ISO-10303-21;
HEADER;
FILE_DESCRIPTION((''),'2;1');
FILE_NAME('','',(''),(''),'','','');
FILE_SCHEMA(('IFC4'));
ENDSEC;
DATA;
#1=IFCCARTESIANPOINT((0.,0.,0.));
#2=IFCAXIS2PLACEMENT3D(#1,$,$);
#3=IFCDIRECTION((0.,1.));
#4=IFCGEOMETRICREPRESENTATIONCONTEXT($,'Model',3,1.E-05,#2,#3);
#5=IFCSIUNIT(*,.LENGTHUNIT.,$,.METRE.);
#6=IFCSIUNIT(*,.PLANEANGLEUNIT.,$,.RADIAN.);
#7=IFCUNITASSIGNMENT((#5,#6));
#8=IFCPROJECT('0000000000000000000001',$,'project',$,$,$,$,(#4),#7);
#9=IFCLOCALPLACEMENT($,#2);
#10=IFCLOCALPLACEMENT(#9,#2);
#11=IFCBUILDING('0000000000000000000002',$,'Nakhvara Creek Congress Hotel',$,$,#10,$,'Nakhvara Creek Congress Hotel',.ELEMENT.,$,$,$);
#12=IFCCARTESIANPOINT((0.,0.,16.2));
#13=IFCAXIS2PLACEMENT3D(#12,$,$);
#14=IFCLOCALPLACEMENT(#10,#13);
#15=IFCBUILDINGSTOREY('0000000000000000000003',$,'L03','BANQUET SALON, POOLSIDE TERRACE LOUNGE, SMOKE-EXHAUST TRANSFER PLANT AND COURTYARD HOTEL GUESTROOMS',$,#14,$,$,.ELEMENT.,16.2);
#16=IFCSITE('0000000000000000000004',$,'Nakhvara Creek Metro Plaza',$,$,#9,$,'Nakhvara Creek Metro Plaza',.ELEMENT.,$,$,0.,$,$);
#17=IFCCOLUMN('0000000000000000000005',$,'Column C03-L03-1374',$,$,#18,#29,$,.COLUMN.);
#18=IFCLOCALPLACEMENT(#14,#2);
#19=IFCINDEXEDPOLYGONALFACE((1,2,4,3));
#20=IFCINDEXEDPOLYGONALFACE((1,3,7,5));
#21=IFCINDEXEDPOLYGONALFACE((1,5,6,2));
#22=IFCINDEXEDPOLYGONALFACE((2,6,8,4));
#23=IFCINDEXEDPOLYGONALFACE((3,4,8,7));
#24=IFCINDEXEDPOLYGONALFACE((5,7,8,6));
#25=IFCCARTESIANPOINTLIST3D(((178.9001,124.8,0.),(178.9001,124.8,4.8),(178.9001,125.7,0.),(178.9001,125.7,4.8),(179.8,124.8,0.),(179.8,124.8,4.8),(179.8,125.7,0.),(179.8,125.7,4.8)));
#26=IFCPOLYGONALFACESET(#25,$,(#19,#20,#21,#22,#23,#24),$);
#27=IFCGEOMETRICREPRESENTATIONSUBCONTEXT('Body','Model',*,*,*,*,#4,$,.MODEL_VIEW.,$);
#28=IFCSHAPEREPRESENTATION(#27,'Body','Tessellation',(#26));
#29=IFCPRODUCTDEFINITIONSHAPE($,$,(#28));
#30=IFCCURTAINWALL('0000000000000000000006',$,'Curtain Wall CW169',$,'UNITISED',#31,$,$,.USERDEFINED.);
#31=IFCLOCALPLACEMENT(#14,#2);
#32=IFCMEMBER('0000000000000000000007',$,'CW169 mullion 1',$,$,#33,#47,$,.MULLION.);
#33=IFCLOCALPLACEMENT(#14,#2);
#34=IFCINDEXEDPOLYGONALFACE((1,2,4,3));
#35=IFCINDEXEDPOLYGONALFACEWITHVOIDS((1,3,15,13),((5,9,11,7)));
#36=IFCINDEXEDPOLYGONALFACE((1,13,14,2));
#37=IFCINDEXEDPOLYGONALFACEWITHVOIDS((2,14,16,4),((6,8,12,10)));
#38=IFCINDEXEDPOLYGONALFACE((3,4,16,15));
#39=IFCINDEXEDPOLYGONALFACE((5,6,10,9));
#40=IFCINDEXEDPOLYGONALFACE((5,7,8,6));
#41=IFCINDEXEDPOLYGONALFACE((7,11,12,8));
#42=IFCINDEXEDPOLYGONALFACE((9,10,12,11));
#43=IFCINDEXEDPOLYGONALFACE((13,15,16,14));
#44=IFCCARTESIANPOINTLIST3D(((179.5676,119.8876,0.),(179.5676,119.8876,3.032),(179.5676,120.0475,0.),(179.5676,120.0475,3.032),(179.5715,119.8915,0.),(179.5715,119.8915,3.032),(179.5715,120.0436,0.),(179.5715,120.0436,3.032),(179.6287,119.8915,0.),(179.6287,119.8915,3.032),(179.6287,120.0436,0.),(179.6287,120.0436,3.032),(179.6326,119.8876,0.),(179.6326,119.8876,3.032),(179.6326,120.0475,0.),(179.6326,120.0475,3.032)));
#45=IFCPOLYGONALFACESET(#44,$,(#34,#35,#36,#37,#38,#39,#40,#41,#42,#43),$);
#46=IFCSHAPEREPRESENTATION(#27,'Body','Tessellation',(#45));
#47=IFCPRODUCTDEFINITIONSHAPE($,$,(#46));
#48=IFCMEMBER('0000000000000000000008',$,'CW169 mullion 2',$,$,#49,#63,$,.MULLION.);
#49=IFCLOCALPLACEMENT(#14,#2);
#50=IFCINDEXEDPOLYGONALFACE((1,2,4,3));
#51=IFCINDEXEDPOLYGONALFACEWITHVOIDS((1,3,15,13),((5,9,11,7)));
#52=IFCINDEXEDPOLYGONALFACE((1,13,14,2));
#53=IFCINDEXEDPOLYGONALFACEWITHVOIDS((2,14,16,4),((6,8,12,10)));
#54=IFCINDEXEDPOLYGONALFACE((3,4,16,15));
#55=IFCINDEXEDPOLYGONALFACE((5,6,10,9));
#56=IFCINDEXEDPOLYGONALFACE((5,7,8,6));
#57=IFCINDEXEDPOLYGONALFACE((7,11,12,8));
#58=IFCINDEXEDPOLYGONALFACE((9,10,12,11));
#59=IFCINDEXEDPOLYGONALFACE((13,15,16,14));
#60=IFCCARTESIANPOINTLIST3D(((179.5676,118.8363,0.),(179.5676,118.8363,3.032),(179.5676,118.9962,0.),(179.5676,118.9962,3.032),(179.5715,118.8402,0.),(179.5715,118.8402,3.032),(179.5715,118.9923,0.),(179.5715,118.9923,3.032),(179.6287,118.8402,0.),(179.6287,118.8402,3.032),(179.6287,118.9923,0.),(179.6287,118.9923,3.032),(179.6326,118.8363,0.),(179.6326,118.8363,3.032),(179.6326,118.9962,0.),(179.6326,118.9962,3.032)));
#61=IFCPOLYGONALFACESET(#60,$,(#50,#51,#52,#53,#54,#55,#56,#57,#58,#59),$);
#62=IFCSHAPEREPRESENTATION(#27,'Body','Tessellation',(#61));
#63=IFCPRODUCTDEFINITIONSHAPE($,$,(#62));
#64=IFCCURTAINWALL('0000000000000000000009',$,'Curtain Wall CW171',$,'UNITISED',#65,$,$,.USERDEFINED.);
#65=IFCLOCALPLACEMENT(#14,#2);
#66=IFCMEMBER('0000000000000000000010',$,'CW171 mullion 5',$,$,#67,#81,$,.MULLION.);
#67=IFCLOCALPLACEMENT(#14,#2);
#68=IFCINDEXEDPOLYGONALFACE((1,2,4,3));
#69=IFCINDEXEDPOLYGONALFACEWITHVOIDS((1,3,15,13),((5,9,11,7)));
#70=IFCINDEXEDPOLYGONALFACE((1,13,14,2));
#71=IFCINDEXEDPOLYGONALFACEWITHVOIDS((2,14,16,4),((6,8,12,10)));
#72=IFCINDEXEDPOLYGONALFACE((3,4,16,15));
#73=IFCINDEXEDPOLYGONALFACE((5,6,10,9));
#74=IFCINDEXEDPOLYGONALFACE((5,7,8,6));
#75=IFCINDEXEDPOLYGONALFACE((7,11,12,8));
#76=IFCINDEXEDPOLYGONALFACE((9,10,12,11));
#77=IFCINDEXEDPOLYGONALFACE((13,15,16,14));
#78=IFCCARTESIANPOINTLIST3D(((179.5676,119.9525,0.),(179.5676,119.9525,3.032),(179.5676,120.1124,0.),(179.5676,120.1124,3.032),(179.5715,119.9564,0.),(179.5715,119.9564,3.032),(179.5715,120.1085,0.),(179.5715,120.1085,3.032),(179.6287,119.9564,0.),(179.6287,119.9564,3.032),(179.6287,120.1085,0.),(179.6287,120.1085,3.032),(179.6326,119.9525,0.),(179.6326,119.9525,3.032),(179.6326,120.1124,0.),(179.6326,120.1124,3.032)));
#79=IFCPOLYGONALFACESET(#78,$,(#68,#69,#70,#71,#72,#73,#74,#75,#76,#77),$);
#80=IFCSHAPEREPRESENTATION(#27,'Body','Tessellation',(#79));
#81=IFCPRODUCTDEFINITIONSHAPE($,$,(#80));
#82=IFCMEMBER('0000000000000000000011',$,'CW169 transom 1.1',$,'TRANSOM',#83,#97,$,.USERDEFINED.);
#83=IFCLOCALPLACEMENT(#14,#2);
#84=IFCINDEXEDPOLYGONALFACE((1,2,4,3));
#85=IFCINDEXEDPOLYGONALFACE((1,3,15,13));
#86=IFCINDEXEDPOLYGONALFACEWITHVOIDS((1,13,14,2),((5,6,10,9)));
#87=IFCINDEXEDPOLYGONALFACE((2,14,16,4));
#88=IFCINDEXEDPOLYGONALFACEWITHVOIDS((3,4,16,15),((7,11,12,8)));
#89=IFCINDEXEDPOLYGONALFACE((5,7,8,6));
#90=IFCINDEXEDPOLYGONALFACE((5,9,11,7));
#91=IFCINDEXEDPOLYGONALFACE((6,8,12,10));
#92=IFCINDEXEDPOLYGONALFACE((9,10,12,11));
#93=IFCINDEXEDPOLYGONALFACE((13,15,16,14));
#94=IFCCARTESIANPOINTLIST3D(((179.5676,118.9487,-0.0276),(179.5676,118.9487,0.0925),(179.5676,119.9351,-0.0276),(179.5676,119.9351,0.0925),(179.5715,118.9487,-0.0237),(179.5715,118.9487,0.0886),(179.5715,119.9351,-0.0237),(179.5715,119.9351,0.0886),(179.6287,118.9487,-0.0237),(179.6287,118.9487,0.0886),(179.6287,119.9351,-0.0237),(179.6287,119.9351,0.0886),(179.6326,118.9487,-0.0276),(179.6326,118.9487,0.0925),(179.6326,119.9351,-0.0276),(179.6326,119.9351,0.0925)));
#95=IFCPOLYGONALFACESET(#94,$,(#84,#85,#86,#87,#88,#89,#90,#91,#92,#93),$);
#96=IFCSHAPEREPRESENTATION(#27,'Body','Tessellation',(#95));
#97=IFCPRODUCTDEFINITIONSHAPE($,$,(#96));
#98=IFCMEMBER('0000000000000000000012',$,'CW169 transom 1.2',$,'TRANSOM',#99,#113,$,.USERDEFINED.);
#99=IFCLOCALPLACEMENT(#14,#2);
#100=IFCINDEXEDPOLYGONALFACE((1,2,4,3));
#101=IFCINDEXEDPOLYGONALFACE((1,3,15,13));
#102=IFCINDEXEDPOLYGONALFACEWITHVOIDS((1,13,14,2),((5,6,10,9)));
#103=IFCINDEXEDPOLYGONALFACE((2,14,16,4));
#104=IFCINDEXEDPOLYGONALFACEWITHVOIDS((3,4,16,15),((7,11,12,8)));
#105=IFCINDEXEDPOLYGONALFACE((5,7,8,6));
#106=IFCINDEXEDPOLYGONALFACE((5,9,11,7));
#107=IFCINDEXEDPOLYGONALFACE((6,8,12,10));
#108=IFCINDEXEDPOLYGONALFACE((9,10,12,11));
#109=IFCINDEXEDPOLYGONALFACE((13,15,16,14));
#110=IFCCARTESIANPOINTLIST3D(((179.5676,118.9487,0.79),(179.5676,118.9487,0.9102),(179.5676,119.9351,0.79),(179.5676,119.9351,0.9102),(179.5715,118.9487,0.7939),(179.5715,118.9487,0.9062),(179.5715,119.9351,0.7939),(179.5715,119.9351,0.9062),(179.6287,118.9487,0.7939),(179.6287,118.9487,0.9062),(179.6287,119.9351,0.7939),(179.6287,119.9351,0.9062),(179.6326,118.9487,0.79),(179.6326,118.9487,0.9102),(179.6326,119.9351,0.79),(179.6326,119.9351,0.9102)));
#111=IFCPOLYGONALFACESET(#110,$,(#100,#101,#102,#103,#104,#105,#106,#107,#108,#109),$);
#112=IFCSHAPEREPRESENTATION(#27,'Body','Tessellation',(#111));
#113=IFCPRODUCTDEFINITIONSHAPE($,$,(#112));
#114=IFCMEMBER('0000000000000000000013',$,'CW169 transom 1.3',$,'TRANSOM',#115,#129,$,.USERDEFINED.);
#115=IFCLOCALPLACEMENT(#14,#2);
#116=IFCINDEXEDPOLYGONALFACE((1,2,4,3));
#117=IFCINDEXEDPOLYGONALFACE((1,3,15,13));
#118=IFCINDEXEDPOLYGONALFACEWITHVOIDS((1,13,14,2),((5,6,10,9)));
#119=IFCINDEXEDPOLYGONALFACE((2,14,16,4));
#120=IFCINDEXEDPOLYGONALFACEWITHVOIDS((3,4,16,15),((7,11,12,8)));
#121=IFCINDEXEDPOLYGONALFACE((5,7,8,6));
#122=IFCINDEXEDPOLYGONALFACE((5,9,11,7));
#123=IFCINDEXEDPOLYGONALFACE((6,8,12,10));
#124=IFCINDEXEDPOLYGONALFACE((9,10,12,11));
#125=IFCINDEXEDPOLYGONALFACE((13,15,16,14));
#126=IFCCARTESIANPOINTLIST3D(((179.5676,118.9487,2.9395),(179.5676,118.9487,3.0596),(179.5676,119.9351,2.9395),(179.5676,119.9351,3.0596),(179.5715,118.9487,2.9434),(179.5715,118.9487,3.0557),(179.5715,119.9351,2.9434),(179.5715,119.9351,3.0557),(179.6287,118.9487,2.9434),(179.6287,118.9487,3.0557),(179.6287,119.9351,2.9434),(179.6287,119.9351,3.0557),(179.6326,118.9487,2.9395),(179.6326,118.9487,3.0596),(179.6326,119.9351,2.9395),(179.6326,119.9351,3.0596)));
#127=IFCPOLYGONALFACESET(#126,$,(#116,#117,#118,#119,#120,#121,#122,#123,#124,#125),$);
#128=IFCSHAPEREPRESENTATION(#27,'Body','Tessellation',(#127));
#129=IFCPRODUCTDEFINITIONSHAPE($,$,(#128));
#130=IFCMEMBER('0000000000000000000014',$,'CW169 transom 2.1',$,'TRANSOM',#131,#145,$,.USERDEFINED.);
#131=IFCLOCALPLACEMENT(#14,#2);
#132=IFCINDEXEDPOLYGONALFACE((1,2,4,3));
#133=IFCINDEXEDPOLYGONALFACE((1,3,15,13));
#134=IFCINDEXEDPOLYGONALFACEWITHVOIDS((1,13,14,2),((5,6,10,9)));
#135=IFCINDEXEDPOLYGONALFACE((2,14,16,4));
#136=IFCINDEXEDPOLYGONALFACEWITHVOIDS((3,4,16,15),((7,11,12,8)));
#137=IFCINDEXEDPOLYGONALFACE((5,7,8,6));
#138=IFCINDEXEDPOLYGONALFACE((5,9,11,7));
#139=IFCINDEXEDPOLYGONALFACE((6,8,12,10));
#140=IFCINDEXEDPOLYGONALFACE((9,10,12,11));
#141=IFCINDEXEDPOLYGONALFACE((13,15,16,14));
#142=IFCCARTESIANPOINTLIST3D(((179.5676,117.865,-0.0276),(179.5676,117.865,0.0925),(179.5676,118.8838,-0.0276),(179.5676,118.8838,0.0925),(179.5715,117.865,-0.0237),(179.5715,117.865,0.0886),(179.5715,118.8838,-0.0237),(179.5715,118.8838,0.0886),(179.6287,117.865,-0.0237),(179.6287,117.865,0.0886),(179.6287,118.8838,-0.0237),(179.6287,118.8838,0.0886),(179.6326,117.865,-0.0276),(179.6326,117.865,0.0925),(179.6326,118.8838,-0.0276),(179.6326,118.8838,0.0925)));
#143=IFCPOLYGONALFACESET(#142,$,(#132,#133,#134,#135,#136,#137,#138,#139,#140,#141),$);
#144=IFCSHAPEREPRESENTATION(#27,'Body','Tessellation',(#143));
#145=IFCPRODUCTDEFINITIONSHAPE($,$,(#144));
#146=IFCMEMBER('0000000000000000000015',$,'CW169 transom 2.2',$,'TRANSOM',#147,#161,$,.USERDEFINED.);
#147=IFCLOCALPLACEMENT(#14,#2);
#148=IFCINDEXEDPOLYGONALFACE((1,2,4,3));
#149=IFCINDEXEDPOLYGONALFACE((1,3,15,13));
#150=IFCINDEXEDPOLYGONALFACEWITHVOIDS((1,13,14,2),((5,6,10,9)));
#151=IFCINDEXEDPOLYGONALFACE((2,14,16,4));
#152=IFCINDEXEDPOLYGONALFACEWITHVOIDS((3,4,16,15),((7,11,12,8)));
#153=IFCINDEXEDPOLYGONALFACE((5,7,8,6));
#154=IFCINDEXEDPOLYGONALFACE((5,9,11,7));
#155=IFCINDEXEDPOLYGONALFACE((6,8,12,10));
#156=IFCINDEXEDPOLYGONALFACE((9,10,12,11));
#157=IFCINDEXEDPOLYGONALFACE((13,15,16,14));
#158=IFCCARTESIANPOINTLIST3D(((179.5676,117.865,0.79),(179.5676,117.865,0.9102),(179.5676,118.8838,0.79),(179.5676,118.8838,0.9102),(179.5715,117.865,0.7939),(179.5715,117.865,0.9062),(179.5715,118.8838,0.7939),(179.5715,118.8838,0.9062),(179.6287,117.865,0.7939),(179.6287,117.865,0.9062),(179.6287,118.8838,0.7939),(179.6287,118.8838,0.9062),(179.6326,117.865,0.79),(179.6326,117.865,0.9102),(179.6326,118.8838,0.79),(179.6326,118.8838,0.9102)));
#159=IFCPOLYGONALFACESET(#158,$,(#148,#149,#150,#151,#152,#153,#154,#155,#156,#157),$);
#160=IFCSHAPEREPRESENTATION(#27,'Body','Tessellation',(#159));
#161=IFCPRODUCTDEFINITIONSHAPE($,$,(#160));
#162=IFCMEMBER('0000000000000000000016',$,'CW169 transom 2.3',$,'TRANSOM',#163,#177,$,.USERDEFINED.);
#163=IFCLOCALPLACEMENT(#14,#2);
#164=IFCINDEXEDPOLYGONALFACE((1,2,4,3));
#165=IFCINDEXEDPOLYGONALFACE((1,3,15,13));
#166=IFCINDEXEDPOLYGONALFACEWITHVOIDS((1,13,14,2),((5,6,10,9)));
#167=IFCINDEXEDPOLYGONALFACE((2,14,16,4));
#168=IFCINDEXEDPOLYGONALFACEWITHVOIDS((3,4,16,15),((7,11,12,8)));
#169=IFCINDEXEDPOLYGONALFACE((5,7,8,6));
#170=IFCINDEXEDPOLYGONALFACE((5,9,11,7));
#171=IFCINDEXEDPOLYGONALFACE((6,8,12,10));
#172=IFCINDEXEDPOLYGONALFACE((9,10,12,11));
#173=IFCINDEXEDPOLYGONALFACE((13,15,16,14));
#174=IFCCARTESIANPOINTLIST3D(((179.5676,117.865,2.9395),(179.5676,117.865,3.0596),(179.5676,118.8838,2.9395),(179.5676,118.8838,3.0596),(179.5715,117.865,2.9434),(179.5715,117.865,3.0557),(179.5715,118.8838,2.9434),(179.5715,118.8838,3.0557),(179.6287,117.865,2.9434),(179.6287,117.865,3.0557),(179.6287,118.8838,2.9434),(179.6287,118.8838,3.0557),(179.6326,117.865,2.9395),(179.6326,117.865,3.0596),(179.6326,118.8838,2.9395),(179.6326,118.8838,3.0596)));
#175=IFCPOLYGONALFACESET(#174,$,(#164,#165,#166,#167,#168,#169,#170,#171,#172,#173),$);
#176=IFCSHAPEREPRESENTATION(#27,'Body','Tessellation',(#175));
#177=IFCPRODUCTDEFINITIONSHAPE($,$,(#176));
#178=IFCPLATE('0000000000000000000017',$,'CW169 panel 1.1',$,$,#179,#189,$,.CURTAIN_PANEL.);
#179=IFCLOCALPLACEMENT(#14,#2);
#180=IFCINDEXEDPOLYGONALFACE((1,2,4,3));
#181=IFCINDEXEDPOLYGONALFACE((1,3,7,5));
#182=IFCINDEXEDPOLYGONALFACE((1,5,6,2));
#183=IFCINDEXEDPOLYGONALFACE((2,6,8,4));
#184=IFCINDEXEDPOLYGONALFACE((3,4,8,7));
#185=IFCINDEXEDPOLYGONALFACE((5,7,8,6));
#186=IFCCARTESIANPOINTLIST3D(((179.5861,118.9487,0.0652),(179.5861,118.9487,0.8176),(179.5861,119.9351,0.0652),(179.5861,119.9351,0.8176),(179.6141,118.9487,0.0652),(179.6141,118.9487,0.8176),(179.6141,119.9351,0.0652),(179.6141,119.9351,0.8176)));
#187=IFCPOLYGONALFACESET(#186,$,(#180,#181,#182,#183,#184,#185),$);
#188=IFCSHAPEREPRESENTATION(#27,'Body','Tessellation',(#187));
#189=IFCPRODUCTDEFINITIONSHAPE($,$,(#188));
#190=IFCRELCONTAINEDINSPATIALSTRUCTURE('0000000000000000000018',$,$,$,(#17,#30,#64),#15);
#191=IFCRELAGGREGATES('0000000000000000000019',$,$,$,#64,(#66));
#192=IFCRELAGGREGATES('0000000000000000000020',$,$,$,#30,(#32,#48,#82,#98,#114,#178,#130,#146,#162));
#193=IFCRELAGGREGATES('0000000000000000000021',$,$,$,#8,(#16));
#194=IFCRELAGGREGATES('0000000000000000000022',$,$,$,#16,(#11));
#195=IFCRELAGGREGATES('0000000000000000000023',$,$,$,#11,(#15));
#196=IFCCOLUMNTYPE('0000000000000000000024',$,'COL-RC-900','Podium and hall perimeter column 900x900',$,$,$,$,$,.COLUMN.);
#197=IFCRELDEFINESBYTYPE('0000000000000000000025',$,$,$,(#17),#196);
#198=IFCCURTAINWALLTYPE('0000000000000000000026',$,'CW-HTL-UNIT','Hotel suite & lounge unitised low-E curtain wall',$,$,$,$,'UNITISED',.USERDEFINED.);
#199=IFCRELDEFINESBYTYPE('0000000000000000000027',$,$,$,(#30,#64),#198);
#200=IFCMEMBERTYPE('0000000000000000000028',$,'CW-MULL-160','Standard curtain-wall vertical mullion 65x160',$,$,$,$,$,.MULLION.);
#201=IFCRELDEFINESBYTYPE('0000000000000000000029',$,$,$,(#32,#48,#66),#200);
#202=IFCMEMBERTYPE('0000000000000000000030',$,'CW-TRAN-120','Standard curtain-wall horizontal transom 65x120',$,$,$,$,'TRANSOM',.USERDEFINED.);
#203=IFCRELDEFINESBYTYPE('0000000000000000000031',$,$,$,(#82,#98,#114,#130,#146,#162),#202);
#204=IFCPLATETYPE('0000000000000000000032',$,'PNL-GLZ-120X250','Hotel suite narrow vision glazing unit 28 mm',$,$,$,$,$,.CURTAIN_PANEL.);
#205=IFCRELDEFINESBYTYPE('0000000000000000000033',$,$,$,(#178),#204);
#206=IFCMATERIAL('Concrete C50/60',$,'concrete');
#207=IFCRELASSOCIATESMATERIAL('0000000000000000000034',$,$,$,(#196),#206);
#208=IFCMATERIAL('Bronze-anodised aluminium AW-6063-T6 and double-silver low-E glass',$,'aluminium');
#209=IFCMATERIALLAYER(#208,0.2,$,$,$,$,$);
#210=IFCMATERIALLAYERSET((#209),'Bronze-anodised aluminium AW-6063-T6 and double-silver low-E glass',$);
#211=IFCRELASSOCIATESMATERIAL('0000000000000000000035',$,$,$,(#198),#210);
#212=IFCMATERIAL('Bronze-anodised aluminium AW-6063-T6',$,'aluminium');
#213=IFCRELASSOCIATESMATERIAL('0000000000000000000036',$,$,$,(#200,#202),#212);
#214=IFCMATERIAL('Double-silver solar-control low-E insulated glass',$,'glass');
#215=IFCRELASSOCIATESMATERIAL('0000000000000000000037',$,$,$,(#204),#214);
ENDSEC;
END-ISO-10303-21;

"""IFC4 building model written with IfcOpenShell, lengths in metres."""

from ifc_helpers import new_model, si_unit, direction, frame, origin, origin_2d, place, context, subcontext, project, spatial, rectangle, hollow_rectangle, extrude, material, layer, layer_set, material_profile, profile_set, type_object, element, aggregate, save


model = new_model("IFC4")

# Units and contexts
model_context = context("Model", 3, precision=1e-05, world=origin(), true_north=direction((0.0, 1.0)))
body_context = subcontext(model_context, "Body", "Model", "MODEL_VIEW")
ifc_project = project(units=[si_unit("LENGTHUNIT", "METRE"), si_unit("PLANEANGLEUNIT", "RADIAN")], contexts=[model_context])

# Site, building, storey
site_placement = place(None, origin())
site = spatial("IfcSite", under=ifc_project, at=site_placement, Name="Nakhvara Creek Metro Plaza", LongName="Nakhvara Creek Metro Plaza", CompositionType="ELEMENT", RefElevation=0.0)
building_placement = place(site_placement, origin())
building = spatial("IfcBuilding", under=site, at=building_placement, Name="Nakhvara Creek Congress Hotel", LongName="Nakhvara Creek Congress Hotel", CompositionType="ELEMENT")
storey_placement = place(building_placement, frame((0.0, 0.0, 16.2)))
storey = spatial("IfcBuildingStorey", under=building, at=storey_placement, Name="L03", Description="BANQUET SALON, POOLSIDE TERRACE LOUNGE, SMOKE-EXHAUST TRANSFER PLANT AND COURTYARD HOTEL GUESTROOMS", CompositionType="ELEMENT", Elevation=16.2)

# Column
ifc_material_1 = material(Name="Concrete C50/60", Category="concrete")
ifc_material_profile_1 = material_profile(ifc_material_1, rectangle(XDim=0.8999, YDim=0.8999, at=origin_2d()), Name="RC-COL 900x900", Category="LoadBearing")
ifc_profile_set_1 = profile_set([ifc_material_profile_1], Name="Concrete C50/60")
column_type = type_object("IfcColumnType", Name="COL-RC-900", Description="Podium and hall perimeter column 900x900", PredefinedType="COLUMN", material=ifc_profile_set_1)
column_placement = place(storey_placement, frame((179.3501, 125.25, 0.0), z_axis=(0.0, 0.0, 1.0), x_axis=(1.0, 0.0, 0.0)))
element("IfcColumn", 1, at=column_placement, inside=storey, type_object=column_type, Name="Column C03-L03-1374", PredefinedType="COLUMN", context=body_context, shape_type="SweptSolid", body=[
    extrude(rectangle(XDim=0.8999, YDim=0.8999, at=origin_2d()), origin(), (0.0, 0.0, 1.0), 4.8),
])

# Curtain wall, members
ifc_material_2 = material(Name="Bronze-anodised aluminium AW-6063-T6 and double-silver low-E glass", Category="aluminium")
ifc_layer_1 = layer(ifc_material_2, 0.2)
ifc_layer_set_1 = layer_set([ifc_layer_1], Name="Bronze-anodised aluminium AW-6063-T6 and double-silver low-E glass")
curtain_wall_type = type_object("IfcCurtainWallType", Name="CW-HTL-UNIT", Description="Hotel suite & lounge unitised low-E curtain wall", ElementType="UNITISED", PredefinedType="USERDEFINED", material=ifc_layer_set_1)
curtain_wall_1_placement = place(storey_placement, origin())
curtain_wall_1 = element("IfcCurtainWall", 2, at=curtain_wall_1_placement, inside=storey, type_object=curtain_wall_type, Name="Curtain Wall CW169", ObjectType="UNITISED", PredefinedType="USERDEFINED")
ifc_material_3 = material(Name="Bronze-anodised aluminium AW-6063-T6", Category="aluminium")
ifc_material_profile_2 = material_profile(ifc_material_3, hollow_rectangle(XDim=0.0649, YDim=0.1599, WallThickness=0.0039, at=origin_2d()), Name="ALU-MULL 65x160x4", Category="LoadBearing")
ifc_profile_set_2 = profile_set([ifc_material_profile_2], Name="Bronze-anodised aluminium AW-6063-T6")
member_type_1 = type_object("IfcMemberType", Name="CW-MULL-160", Description="Standard curtain-wall vertical mullion 65x160", PredefinedType="MULLION", material=ifc_profile_set_2)
member_1_placement = place(storey_placement, frame((179.6001, 119.9675, 0.0), z_axis=(0.0, 0.0, 1.0), x_axis=(1.0, 0.0, 0.0)))
member_1 = element("IfcMember", 3, at=member_1_placement, type_object=member_type_1, Name="CW169 mullion 1", PredefinedType="MULLION", context=body_context, shape_type="SweptSolid", body=[
    extrude(hollow_rectangle(XDim=0.0649, YDim=0.1599, WallThickness=0.0039, at=origin_2d()), origin(), (0.0, 0.0, 1.0), 3.032),
])
member_2_placement = place(storey_placement, frame((179.6001, 118.9163, 0.0), z_axis=(0.0, 0.0, 1.0), x_axis=(1.0, 0.0, 0.0)))
member_2 = element("IfcMember", 4, at=member_2_placement, type_object=member_type_1, Name="CW169 mullion 2", PredefinedType="MULLION", context=body_context, shape_type="SweptSolid", body=[
    extrude(hollow_rectangle(XDim=0.0649, YDim=0.1599, WallThickness=0.0039, at=origin_2d()), origin(), (0.0, 0.0, 1.0), 3.032),
])

# Curtain wall, member
curtain_wall_2_placement = place(storey_placement, origin())
curtain_wall_2 = element("IfcCurtainWall", 5, at=curtain_wall_2_placement, inside=storey, type_object=curtain_wall_type, Name="Curtain Wall CW171", ObjectType="UNITISED", PredefinedType="USERDEFINED")
member_3_placement = place(storey_placement, frame((179.6001, 120.0325, 0.0), z_axis=(0.0, 0.0, 1.0), x_axis=(1.0, 0.0, 0.0)))
member_3 = element("IfcMember", 6, at=member_3_placement, type_object=member_type_1, Name="CW171 mullion 5", PredefinedType="MULLION", context=body_context, shape_type="SweptSolid", body=[
    extrude(hollow_rectangle(XDim=0.0649, YDim=0.1599, WallThickness=0.0039, at=origin_2d()), origin(), (0.0, 0.0, 1.0), 3.032),
])
aggregate(curtain_wall_2, [member_3])

# Members
ifc_material_profile_3 = material_profile(ifc_material_3, hollow_rectangle(XDim=0.0649, YDim=0.1201, WallThickness=0.0039, at=origin_2d()), Name="ALU-TRAN 65x120x4", Category="LoadBearing")
ifc_profile_set_3 = profile_set([ifc_material_profile_3], Name="Bronze-anodised aluminium AW-6063-T6")
member_type_2 = type_object("IfcMemberType", Name="CW-TRAN-120", Description="Standard curtain-wall horizontal transom 65x120", ElementType="TRANSOM", PredefinedType="USERDEFINED", material=ifc_profile_set_3)
member_4_placement = place(storey_placement, frame((179.6001, 119.9351, 0.0325), z_axis=(0.0, -1.0, 0.0), x_axis=(1.0, 0.0, 0.0)))
member_4 = element("IfcMember", 7, at=member_4_placement, type_object=member_type_2, Name="CW169 transom 1.1", ObjectType="TRANSOM", PredefinedType="USERDEFINED", context=body_context, shape_type="SweptSolid", body=[
    extrude(hollow_rectangle(XDim=0.0649, YDim=0.1201, WallThickness=0.0039, at=origin_2d()), origin(), (0.0, 0.0, 1.0), 0.9863),
])
member_5_placement = place(storey_placement, frame((179.6001, 119.9351, 0.8501), z_axis=(0.0, -1.0, 0.0), x_axis=(1.0, 0.0, 0.0)))
member_5 = element("IfcMember", 8, at=member_5_placement, type_object=member_type_2, Name="CW169 transom 1.2", ObjectType="TRANSOM", PredefinedType="USERDEFINED", context=body_context, shape_type="SweptSolid", body=[
    extrude(hollow_rectangle(XDim=0.0649, YDim=0.1201, WallThickness=0.0039, at=origin_2d()), origin(), (0.0, 0.0, 1.0), 0.9863),
])
member_6_placement = place(storey_placement, frame((179.6001, 119.9351, 2.9995), z_axis=(0.0, -1.0, 0.0), x_axis=(1.0, 0.0, 0.0)))
member_6 = element("IfcMember", 9, at=member_6_placement, type_object=member_type_2, Name="CW169 transom 1.3", ObjectType="TRANSOM", PredefinedType="USERDEFINED", context=body_context, shape_type="SweptSolid", body=[
    extrude(hollow_rectangle(XDim=0.0649, YDim=0.1201, WallThickness=0.0039, at=origin_2d()), origin(), (0.0, 0.0, 1.0), 0.9863),
])
member_7_placement = place(storey_placement, frame((179.6001, 118.8838, 0.0325), z_axis=(0.0, -1.0, 0.0), x_axis=(1.0, 0.0, 0.0)))
member_7 = element("IfcMember", 10, at=member_7_placement, type_object=member_type_2, Name="CW169 transom 2.1", ObjectType="TRANSOM", PredefinedType="USERDEFINED", context=body_context, shape_type="SweptSolid", body=[
    extrude(hollow_rectangle(XDim=0.0649, YDim=0.1201, WallThickness=0.0039, at=origin_2d()), origin(), (0.0, 0.0, 1.0), 1.0188),
])
member_8_placement = place(storey_placement, frame((179.6001, 118.8838, 0.8501), z_axis=(0.0, -1.0, 0.0), x_axis=(1.0, 0.0, 0.0)))
member_8 = element("IfcMember", 11, at=member_8_placement, type_object=member_type_2, Name="CW169 transom 2.2", ObjectType="TRANSOM", PredefinedType="USERDEFINED", context=body_context, shape_type="SweptSolid", body=[
    extrude(hollow_rectangle(XDim=0.0649, YDim=0.1201, WallThickness=0.0039, at=origin_2d()), origin(), (0.0, 0.0, 1.0), 1.0188),
])
member_9_placement = place(storey_placement, frame((179.6001, 118.8838, 2.9995), z_axis=(0.0, -1.0, 0.0), x_axis=(1.0, 0.0, 0.0)))
member_9 = element("IfcMember", 12, at=member_9_placement, type_object=member_type_2, Name="CW169 transom 2.3", ObjectType="TRANSOM", PredefinedType="USERDEFINED", context=body_context, shape_type="SweptSolid", body=[
    extrude(hollow_rectangle(XDim=0.0649, YDim=0.1201, WallThickness=0.0039, at=origin_2d()), origin(), (0.0, 0.0, 1.0), 1.0188),
])

# Plate
ifc_material_4 = material(Name="Double-silver solar-control low-E insulated glass", Category="glass")
plate_type = type_object("IfcPlateType", Name="PNL-GLZ-120X250", Description="Hotel suite narrow vision glazing unit 28 mm", PredefinedType="CURTAIN_PANEL", material=ifc_material_4)
plate_1_placement = place(storey_placement, frame((179.6001, 119.4419, 0.0652), z_axis=(0.0, 0.0, 1.0), x_axis=(0.0, -1.0, 0.0)))
plate_1 = element("IfcPlate", 13, at=plate_1_placement, type_object=plate_type, Name="CW169 panel 1.1", PredefinedType="CURTAIN_PANEL", context=body_context, shape_type="SweptSolid", body=[
    extrude(rectangle(XDim=0.9863, YDim=0.0281, at=origin_2d()), origin(), (0.0, 0.0, 1.0), 0.7524),
])
aggregate(curtain_wall_1, [member_1, member_2, member_4, member_5, member_6, plate_1, member_7, member_8, member_9])

save(model, "model.ifc")
